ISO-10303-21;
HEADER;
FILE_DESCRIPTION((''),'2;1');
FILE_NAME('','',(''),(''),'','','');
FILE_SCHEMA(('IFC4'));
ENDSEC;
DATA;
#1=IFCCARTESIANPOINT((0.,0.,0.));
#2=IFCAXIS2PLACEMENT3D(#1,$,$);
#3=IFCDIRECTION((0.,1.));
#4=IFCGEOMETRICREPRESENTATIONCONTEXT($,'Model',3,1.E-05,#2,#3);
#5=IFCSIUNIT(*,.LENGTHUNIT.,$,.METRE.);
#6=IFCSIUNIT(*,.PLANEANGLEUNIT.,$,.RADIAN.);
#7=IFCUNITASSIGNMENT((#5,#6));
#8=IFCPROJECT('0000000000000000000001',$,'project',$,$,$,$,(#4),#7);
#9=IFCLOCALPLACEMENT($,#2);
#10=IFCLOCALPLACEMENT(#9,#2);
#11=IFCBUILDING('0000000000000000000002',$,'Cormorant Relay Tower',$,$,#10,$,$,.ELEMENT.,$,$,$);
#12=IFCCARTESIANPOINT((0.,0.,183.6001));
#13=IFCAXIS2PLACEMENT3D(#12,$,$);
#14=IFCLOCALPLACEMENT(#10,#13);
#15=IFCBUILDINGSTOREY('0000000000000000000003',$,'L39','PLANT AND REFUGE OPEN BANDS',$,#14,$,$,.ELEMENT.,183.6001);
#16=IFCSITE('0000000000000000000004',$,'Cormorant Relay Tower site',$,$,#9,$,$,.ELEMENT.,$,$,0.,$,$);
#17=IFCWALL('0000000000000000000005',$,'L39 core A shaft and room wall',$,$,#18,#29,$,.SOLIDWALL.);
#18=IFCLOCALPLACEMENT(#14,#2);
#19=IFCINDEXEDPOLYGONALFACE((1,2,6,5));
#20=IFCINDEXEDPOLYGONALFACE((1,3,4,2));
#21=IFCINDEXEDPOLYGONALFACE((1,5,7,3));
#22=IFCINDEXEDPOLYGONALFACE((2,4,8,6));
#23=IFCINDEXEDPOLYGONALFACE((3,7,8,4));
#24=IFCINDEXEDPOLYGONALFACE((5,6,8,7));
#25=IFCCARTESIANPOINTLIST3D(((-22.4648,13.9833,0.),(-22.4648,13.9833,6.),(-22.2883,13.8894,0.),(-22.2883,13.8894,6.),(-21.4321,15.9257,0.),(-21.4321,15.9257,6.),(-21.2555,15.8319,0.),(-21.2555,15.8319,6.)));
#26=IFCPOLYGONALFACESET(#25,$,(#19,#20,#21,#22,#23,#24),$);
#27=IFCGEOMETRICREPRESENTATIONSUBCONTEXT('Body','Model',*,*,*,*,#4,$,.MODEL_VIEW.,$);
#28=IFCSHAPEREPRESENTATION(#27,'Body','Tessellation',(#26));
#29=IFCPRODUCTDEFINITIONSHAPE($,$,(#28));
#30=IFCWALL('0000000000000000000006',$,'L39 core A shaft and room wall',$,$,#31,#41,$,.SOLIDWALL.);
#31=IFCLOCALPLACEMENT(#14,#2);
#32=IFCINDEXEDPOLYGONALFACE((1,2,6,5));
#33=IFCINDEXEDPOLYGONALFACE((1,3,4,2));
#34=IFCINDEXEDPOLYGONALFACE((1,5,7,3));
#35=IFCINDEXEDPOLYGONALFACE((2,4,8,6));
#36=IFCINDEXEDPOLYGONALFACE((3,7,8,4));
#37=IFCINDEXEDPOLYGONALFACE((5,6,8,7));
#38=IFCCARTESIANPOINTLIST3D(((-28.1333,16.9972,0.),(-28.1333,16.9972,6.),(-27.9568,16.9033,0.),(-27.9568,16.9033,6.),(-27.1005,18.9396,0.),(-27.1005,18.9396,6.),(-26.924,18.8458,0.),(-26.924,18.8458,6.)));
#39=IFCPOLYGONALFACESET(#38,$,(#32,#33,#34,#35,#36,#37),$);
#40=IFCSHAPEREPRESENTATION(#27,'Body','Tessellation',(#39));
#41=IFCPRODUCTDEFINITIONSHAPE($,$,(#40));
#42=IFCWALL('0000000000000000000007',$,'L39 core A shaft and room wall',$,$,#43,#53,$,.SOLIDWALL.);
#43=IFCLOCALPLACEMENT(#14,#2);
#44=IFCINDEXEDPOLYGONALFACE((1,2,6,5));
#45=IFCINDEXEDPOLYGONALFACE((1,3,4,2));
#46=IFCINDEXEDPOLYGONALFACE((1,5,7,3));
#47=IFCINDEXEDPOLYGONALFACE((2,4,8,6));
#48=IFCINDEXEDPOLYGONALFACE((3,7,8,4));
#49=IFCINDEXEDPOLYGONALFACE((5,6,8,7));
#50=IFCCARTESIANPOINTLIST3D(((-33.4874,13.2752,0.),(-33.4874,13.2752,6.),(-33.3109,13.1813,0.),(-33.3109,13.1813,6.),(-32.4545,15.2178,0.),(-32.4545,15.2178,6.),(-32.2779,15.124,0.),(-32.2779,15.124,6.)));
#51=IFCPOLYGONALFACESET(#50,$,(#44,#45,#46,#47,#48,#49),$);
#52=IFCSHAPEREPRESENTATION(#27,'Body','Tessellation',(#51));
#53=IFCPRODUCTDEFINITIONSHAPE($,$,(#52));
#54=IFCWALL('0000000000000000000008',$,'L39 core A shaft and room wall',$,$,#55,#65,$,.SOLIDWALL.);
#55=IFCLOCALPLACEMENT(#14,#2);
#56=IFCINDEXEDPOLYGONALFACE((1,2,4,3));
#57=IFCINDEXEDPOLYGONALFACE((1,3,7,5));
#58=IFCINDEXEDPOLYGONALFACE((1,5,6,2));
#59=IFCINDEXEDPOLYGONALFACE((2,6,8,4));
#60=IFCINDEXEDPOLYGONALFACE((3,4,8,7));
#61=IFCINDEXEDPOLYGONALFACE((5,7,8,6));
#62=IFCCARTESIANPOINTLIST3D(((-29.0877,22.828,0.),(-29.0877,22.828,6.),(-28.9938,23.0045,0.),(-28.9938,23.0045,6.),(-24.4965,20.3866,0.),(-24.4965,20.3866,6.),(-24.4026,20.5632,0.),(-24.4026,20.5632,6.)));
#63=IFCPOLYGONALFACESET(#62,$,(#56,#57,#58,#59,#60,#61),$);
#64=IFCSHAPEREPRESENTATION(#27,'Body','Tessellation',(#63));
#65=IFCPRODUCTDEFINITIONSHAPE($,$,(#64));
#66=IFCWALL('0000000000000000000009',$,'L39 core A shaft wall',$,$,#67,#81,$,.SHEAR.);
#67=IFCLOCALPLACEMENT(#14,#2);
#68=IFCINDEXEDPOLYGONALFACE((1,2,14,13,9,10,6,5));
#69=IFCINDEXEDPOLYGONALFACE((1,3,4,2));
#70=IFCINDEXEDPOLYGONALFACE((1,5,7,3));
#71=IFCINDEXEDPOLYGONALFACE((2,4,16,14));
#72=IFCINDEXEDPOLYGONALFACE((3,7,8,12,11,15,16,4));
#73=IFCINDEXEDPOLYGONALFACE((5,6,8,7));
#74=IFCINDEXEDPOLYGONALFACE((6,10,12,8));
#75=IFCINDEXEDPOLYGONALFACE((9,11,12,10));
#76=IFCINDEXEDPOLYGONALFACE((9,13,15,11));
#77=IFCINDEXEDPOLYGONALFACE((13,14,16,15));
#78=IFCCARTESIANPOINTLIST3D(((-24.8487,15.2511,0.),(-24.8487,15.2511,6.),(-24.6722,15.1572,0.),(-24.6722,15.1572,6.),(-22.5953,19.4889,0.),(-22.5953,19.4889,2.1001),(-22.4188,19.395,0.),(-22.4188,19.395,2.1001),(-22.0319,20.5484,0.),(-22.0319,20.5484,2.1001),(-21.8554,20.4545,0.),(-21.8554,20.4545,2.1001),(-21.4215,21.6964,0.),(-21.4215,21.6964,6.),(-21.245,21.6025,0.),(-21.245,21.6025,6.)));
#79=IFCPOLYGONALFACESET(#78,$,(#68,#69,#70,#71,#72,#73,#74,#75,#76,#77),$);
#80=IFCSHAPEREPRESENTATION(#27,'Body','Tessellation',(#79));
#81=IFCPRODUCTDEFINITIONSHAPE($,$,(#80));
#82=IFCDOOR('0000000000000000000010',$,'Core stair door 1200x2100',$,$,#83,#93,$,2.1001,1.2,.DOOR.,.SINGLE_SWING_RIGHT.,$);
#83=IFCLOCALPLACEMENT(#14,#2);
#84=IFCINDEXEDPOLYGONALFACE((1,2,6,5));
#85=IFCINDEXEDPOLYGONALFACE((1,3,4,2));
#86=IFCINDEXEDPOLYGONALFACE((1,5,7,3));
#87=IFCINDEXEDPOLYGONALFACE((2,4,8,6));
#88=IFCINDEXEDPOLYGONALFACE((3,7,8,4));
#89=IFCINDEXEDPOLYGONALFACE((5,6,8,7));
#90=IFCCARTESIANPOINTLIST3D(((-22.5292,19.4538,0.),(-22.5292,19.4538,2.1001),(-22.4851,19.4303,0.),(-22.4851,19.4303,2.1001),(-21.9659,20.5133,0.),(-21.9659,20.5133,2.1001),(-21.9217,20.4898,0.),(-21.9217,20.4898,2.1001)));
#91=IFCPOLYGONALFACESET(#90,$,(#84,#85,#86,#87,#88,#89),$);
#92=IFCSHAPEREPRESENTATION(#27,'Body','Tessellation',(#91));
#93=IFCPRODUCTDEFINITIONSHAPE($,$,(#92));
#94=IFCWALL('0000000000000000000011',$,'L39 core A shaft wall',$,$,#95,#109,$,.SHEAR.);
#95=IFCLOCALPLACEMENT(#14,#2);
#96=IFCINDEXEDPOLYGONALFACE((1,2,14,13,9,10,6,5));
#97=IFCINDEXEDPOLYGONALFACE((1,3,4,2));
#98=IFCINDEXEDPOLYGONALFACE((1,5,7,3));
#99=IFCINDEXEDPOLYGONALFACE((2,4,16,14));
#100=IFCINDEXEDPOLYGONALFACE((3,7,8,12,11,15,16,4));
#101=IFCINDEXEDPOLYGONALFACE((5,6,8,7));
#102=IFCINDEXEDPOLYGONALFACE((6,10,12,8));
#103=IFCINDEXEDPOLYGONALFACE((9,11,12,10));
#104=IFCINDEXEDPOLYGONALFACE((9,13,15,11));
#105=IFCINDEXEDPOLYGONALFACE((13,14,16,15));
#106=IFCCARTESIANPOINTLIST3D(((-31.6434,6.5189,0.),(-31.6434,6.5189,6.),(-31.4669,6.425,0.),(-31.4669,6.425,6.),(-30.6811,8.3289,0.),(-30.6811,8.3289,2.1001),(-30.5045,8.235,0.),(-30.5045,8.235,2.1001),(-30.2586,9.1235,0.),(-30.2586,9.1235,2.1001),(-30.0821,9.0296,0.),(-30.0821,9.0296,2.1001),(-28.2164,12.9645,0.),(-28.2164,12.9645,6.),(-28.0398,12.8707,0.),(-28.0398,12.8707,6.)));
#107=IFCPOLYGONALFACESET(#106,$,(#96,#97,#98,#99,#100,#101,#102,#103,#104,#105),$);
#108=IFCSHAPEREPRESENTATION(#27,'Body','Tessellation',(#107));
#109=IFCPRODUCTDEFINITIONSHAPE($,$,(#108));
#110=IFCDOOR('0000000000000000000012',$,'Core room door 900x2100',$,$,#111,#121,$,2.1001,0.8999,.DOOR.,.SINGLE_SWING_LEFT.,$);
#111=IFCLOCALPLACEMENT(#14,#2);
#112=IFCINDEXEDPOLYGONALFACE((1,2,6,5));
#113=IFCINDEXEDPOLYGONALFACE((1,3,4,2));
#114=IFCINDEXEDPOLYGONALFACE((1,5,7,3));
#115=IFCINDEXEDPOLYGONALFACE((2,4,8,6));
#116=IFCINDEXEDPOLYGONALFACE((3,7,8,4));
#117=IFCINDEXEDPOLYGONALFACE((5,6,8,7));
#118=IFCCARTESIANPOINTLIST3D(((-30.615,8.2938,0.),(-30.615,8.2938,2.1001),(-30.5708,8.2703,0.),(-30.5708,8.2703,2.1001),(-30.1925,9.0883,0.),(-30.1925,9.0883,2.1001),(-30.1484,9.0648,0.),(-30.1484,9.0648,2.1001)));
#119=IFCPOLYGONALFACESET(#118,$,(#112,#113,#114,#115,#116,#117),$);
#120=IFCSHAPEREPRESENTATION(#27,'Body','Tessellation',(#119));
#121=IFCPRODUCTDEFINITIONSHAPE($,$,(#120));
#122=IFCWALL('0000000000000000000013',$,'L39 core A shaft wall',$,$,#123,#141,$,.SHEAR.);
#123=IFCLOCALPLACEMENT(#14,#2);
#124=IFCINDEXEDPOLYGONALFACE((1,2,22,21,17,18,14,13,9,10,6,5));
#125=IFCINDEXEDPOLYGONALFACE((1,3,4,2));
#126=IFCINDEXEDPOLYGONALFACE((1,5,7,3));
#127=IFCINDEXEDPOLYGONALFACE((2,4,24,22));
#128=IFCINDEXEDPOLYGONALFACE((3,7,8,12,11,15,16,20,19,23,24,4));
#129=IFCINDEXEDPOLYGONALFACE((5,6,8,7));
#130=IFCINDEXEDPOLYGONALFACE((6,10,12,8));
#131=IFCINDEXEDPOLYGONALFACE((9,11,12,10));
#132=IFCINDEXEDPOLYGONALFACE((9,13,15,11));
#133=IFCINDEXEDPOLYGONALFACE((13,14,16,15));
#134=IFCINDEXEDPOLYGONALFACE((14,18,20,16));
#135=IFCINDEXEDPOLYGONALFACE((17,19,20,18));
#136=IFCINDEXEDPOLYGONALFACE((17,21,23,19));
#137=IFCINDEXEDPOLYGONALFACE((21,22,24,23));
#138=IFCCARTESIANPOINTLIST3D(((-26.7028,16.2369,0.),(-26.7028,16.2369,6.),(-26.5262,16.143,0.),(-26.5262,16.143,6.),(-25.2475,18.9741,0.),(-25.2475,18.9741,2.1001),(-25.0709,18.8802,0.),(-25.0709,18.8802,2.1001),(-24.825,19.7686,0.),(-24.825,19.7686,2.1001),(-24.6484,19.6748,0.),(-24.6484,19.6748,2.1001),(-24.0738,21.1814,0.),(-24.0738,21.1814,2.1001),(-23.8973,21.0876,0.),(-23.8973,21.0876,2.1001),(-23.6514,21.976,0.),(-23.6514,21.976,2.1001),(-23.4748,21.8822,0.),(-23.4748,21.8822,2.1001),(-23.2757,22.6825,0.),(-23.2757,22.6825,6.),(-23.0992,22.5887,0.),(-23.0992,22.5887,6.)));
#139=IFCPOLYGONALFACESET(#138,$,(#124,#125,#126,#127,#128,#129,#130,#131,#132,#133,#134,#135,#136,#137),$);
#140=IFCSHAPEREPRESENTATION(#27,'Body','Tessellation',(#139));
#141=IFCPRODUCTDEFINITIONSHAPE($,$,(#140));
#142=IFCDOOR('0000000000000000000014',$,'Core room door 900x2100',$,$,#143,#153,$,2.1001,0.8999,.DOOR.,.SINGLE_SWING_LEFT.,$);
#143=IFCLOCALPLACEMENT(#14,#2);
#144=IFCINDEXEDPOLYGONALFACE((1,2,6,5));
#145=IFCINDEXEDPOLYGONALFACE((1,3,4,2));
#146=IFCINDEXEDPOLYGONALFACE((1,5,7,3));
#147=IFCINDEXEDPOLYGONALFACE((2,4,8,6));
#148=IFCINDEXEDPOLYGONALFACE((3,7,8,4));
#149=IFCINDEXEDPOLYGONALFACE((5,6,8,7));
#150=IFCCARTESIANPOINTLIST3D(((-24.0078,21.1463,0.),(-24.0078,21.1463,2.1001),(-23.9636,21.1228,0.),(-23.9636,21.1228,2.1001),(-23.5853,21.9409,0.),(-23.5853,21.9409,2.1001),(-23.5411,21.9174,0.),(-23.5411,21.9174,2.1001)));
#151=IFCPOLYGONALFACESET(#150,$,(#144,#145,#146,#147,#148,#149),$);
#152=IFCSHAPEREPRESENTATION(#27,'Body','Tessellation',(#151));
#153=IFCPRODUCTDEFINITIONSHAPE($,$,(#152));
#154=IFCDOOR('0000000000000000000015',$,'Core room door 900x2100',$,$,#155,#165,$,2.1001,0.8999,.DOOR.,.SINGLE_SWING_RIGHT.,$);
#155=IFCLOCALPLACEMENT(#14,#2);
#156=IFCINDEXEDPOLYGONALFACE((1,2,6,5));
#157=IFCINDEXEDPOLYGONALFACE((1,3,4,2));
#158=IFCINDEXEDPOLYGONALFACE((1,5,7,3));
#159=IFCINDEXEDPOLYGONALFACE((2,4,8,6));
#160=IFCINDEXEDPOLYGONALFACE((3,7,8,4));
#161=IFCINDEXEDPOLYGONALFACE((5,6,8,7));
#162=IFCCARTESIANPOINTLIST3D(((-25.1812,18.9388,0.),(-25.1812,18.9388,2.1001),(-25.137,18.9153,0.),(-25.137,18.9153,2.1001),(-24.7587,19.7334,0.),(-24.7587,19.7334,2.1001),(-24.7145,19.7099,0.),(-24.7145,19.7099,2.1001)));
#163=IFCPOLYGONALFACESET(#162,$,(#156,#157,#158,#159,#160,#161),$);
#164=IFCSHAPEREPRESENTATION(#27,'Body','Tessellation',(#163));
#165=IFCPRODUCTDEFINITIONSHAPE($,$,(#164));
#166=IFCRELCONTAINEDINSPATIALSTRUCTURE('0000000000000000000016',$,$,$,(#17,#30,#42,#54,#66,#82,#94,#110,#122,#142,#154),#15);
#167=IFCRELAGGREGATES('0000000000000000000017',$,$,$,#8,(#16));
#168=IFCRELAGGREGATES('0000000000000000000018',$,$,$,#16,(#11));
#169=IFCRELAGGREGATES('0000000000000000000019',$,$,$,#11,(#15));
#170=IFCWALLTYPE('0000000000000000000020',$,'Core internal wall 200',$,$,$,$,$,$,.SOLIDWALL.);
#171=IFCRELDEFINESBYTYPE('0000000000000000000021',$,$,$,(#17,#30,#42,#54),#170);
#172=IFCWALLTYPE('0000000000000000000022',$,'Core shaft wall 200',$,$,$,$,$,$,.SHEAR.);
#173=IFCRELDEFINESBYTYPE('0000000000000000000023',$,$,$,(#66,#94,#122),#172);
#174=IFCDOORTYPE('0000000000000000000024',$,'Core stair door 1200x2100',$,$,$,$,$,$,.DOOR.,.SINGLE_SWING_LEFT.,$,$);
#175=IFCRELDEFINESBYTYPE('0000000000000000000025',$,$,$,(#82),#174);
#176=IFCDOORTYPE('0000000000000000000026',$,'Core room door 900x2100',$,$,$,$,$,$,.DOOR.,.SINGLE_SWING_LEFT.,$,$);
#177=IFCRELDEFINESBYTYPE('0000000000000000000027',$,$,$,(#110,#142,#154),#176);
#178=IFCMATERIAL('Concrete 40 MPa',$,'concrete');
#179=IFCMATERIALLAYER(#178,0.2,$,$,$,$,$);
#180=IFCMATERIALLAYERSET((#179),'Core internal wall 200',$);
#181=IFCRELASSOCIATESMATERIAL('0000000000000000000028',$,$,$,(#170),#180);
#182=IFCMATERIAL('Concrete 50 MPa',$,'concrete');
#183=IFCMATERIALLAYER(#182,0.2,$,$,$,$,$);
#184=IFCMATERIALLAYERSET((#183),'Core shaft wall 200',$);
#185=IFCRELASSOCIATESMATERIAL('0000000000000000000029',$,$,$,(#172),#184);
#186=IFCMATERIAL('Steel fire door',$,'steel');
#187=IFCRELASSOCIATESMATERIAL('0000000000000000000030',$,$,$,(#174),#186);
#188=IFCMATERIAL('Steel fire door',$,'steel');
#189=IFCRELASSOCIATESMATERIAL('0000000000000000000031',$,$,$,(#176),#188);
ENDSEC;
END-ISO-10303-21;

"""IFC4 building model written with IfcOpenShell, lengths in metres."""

from ifc_helpers import new_model, si_unit, direction, frame, frame_2d, origin, place, context, subcontext, project, spatial, rectangle, extrude, material, layer, layer_set, type_object, element, fill, save


model = new_model("IFC4")

# Units and contexts
model_context = context("Model", 3, precision=1e-05, world=origin(), true_north=direction((0.0, 1.0)))
body_context = subcontext(model_context, "Body", "Model", "MODEL_VIEW")
ifc_project = project(units=[si_unit("LENGTHUNIT", "METRE"), si_unit("PLANEANGLEUNIT", "RADIAN")], contexts=[model_context])

# Site, building, storey
site_placement = place(None, origin())
site = spatial("IfcSite", under=ifc_project, at=site_placement, Name="Cormorant Relay Tower site", CompositionType="ELEMENT", RefElevation=0.0)
building_placement = place(site_placement, origin())
building = spatial("IfcBuilding", under=site, at=building_placement, Name="Cormorant Relay Tower", CompositionType="ELEMENT")
storey_placement = place(building_placement, frame((0.0, 0.0, 183.6001)))
storey = spatial("IfcBuildingStorey", under=building, at=storey_placement, Name="L39", Description="PLANT AND REFUGE OPEN BANDS", CompositionType="ELEMENT", Elevation=183.6001)

# Walls
ifc_material_1 = material(Name="Concrete 40 MPa", Category="concrete")
ifc_layer_1 = layer(ifc_material_1, 0.2)
ifc_layer_set_1 = layer_set([ifc_layer_1], Name="Core internal wall 200")
wall_type_1 = type_object("IfcWallType", Name="Core internal wall 200", PredefinedType="SOLIDWALL", material=ifc_layer_set_1)
for number, where, z_axis, x_axis, name in (
    (1, (-21.3438, 15.8789, 0.0), (0.0, 0.0, 1.0), (-0.469447, -0.88296, 0.0), "L39 core A shaft and room wall"),
    (2, (-27.0122, 18.8928, 0.0), (0.0, 0.0, 1.0), (-0.469447, -0.88296, 0.0), "L39 core A shaft and room wall"),
):
    element("IfcWall", number, at=place(storey_placement, frame(where, z_axis=z_axis, x_axis=x_axis)), inside=storey, type_object=wall_type_1, Name=name, PredefinedType="SOLIDWALL", context=body_context, shape_type="SweptSolid", body=[
        extrude(rectangle(XDim=2.2, YDim=0.2, at=frame_2d((1.1001, 0.0))), origin(), (0.0, 0.0, 1.0), 6.0),
    ])
wall_1_placement = place(storey_placement, frame((-32.3662, 15.1709, 0.0), z_axis=(0.0, 0.0, 1.0), x_axis=(-0.469488, -0.882939, 0.0)))
element("IfcWall", 3, at=wall_1_placement, inside=storey, type_object=wall_type_1, Name="L39 core A shaft and room wall", PredefinedType="SOLIDWALL", context=body_context, shape_type="SweptSolid", body=[
    extrude(rectangle(XDim=2.2002, YDim=0.2, at=frame_2d((1.1001, 0.0))), origin(), (0.0, 0.0, 1.0), 6.0),
])
wall_2_placement = place(storey_placement, frame((-24.4495, 20.4749, 0.0), z_axis=(0.0, 0.0, 1.0), x_axis=(-0.882935, 0.469496, 0.0)))
element("IfcWall", 4, at=wall_2_placement, inside=storey, type_object=wall_type_1, Name="L39 core A shaft and room wall", PredefinedType="SOLIDWALL", context=body_context, shape_type="SweptSolid", body=[
    extrude(rectangle(XDim=5.2, YDim=0.2, at=frame_2d((2.6001, 0.0))), origin(), (0.0, 0.0, 1.0), 6.0),
])

# Walls, openings, doors
ifc_material_2 = material(Name="Concrete 50 MPa", Category="concrete")
ifc_layer_2 = layer(ifc_material_2, 0.2)
ifc_layer_set_2 = layer_set([ifc_layer_2], Name="Core shaft wall 200")
wall_type_2 = type_object("IfcWallType", Name="Core shaft wall 200", PredefinedType="SHEAR", material=ifc_layer_set_2)
wall_3_placement = place(storey_placement, frame((-21.3333, 21.6494, 0.0), z_axis=(0.0, 0.0, 1.0), x_axis=(-0.469494, -0.882936, 0.0)))
wall_3 = element("IfcWall", 5, at=wall_3_placement, inside=storey, type_object=wall_type_2, Name="L39 core A shaft wall", PredefinedType="SHEAR", context=body_context, shape_type="SweptSolid", body=[
    extrude(rectangle(XDim=7.2998, YDim=0.2, at=frame_2d((3.6499, 0.0))), origin(), (0.0, 0.0, 1.0), 6.0),
])
opening_1_placement = place(wall_3_placement, frame((1.3, 0.0, 0.0)))
opening_1 = element("IfcOpeningElement", 6, at=opening_1_placement, cuts=wall_3, PredefinedType="OPENING", context=body_context, shape_type="SweptSolid", body=[
    extrude(rectangle(XDim=1.2, YDim=2.1001, at=frame_2d((0.6001, 1.05))), frame((0.0, 0.1099, 0.0), z_axis=(0.0, -1.0, 0.0), x_axis=(1.0, 0.0, 0.0)), (0.0, 0.0, 1.0), 0.22),
])
ifc_material_3 = material(Name="Steel fire door", Category="steel")
door_type_1 = type_object("IfcDoorType", Name="Core stair door 1200x2100", OperationType="SINGLE_SWING_LEFT", PredefinedType="DOOR", material=ifc_material_3)
door_1_placement = place(opening_1_placement, origin())
door_1 = element("IfcDoor", 7, at=door_1_placement, inside=storey, type_object=door_type_1, Name="Core stair door 1200x2100", OperationType="SINGLE_SWING_RIGHT", OverallHeight=2.1001, OverallWidth=1.2, PredefinedType="DOOR", context=body_context, shape_type="SweptSolid", body=[
    extrude(rectangle(XDim=1.2, YDim=2.1001, at=frame_2d((0.6001, 1.05))), frame((0.0, 0.0249, 0.0), z_axis=(0.0, -1.0, 0.0), x_axis=(1.0, 0.0, 0.0)), (0.0, 0.0, 1.0), 0.05),
])
fill(opening_1, door_1)
wall_4_placement = place(storey_placement, frame((-28.1282, 12.9175, 0.0), z_axis=(0.0, 0.0, 1.0), x_axis=(-0.469454, -0.882957, 0.0)))
wall_4 = element("IfcWall", 8, at=wall_4_placement, inside=storey, type_object=wall_type_2, Name="L39 core A shaft wall", PredefinedType="SHEAR", context=body_context, shape_type="SweptSolid", body=[
    extrude(rectangle(XDim=7.3, YDim=0.2, at=frame_2d((3.6499, 0.0))), origin(), (0.0, 0.0, 1.0), 6.0),
])
opening_2_placement = place(wall_4_placement, frame((4.3501, 0.0, 0.0)))
opening_2 = element("IfcOpeningElement", 9, at=opening_2_placement, cuts=wall_4, PredefinedType="OPENING", context=body_context, shape_type="SweptSolid", body=[
    extrude(rectangle(XDim=0.8999, YDim=2.1001, at=frame_2d((0.45, 1.05))), frame((0.0, 0.1099, 0.0), z_axis=(0.0, -1.0, 0.0), x_axis=(1.0, 0.0, 0.0)), (0.0, 0.0, 1.0), 0.22),
])
ifc_material_4 = material(Name="Steel fire door", Category="steel")
door_type_2 = type_object("IfcDoorType", Name="Core room door 900x2100", OperationType="SINGLE_SWING_LEFT", PredefinedType="DOOR", material=ifc_material_4)
door_2_placement = place(opening_2_placement, origin())
door_2 = element("IfcDoor", 10, at=door_2_placement, inside=storey, type_object=door_type_2, Name="Core room door 900x2100", OperationType="SINGLE_SWING_LEFT", OverallHeight=2.1001, OverallWidth=0.8999, PredefinedType="DOOR", context=body_context, shape_type="SweptSolid", body=[
    extrude(rectangle(XDim=0.8999, YDim=2.1001, at=frame_2d((0.45, 1.05))), frame((0.0, 0.0249, 0.0), z_axis=(0.0, -1.0, 0.0), x_axis=(1.0, 0.0, 0.0)), (0.0, 0.0, 1.0), 0.05),
])
fill(opening_2, door_2)

# Wall, openings, doors
wall_5_placement = place(storey_placement, frame((-23.1875, 22.6355, 0.0), z_axis=(0.0, 0.0, 1.0), x_axis=(-0.469454, -0.882957, 0.0)))
wall_5 = element("IfcWall", 11, at=wall_5_placement, inside=storey, type_object=wall_type_2, Name="L39 core A shaft wall", PredefinedType="SHEAR", context=body_context, shape_type="SweptSolid", body=[
    extrude(rectangle(XDim=7.3, YDim=0.2, at=frame_2d((3.6499, 0.0))), origin(), (0.0, 0.0, 1.0), 6.0),
])
opening_3_placement = place(wall_5_placement, frame((0.8, 0.0, 0.0)))
opening_3 = element("IfcOpeningElement", 12, at=opening_3_placement, cuts=wall_5, PredefinedType="OPENING", context=body_context, shape_type="SweptSolid", body=[
    extrude(rectangle(XDim=0.8999, YDim=2.1001, at=frame_2d((0.45, 1.05))), frame((0.0, 0.1099, 0.0), z_axis=(0.0, -1.0, 0.0), x_axis=(1.0, 0.0, 0.0)), (0.0, 0.0, 1.0), 0.22),
])
opening_4_placement = place(wall_5_placement, frame((3.3, 0.0, 0.0)))
opening_4 = element("IfcOpeningElement", 13, at=opening_4_placement, cuts=wall_5, PredefinedType="OPENING", context=body_context, shape_type="SweptSolid", body=[
    extrude(rectangle(XDim=0.8999, YDim=2.1001, at=frame_2d((0.45, 1.05))), frame((0.0, 0.1099, 0.0), z_axis=(0.0, -1.0, 0.0), x_axis=(1.0, 0.0, 0.0)), (0.0, 0.0, 1.0), 0.22),
])
door_3_placement = place(opening_3_placement, origin())
door_3 = element("IfcDoor", 14, at=door_3_placement, inside=storey, type_object=door_type_2, Name="Core room door 900x2100", OperationType="SINGLE_SWING_LEFT", OverallHeight=2.1001, OverallWidth=0.8999, PredefinedType="DOOR", context=body_context, shape_type="SweptSolid", body=[
    extrude(rectangle(XDim=0.8999, YDim=2.1001, at=frame_2d((0.45, 1.05))), frame((0.0, 0.0249, 0.0), z_axis=(0.0, -1.0, 0.0), x_axis=(1.0, 0.0, 0.0)), (0.0, 0.0, 1.0), 0.05),
])
fill(opening_3, door_3)
door_4_placement = place(opening_4_placement, frame((0.8999, 0.0, 0.0), z_axis=(0.0, 0.0, 1.0), x_axis=(-1.0, 0.0, 0.0)))
door_4 = element("IfcDoor", 15, at=door_4_placement, inside=storey, type_object=door_type_2, Name="Core room door 900x2100", OperationType="SINGLE_SWING_RIGHT", OverallHeight=2.1001, OverallWidth=0.8999, PredefinedType="DOOR", context=body_context, shape_type="SweptSolid", body=[
    extrude(rectangle(XDim=0.8999, YDim=2.1001, at=frame_2d((0.45, 1.05))), frame((0.0, 0.0249, 0.0), z_axis=(0.0, -1.0, 0.0), x_axis=(1.0, 0.0, 0.0)), (0.0, 0.0, 1.0), 0.05),
])
fill(opening_4, door_4)

save(model, "model.ifc")
